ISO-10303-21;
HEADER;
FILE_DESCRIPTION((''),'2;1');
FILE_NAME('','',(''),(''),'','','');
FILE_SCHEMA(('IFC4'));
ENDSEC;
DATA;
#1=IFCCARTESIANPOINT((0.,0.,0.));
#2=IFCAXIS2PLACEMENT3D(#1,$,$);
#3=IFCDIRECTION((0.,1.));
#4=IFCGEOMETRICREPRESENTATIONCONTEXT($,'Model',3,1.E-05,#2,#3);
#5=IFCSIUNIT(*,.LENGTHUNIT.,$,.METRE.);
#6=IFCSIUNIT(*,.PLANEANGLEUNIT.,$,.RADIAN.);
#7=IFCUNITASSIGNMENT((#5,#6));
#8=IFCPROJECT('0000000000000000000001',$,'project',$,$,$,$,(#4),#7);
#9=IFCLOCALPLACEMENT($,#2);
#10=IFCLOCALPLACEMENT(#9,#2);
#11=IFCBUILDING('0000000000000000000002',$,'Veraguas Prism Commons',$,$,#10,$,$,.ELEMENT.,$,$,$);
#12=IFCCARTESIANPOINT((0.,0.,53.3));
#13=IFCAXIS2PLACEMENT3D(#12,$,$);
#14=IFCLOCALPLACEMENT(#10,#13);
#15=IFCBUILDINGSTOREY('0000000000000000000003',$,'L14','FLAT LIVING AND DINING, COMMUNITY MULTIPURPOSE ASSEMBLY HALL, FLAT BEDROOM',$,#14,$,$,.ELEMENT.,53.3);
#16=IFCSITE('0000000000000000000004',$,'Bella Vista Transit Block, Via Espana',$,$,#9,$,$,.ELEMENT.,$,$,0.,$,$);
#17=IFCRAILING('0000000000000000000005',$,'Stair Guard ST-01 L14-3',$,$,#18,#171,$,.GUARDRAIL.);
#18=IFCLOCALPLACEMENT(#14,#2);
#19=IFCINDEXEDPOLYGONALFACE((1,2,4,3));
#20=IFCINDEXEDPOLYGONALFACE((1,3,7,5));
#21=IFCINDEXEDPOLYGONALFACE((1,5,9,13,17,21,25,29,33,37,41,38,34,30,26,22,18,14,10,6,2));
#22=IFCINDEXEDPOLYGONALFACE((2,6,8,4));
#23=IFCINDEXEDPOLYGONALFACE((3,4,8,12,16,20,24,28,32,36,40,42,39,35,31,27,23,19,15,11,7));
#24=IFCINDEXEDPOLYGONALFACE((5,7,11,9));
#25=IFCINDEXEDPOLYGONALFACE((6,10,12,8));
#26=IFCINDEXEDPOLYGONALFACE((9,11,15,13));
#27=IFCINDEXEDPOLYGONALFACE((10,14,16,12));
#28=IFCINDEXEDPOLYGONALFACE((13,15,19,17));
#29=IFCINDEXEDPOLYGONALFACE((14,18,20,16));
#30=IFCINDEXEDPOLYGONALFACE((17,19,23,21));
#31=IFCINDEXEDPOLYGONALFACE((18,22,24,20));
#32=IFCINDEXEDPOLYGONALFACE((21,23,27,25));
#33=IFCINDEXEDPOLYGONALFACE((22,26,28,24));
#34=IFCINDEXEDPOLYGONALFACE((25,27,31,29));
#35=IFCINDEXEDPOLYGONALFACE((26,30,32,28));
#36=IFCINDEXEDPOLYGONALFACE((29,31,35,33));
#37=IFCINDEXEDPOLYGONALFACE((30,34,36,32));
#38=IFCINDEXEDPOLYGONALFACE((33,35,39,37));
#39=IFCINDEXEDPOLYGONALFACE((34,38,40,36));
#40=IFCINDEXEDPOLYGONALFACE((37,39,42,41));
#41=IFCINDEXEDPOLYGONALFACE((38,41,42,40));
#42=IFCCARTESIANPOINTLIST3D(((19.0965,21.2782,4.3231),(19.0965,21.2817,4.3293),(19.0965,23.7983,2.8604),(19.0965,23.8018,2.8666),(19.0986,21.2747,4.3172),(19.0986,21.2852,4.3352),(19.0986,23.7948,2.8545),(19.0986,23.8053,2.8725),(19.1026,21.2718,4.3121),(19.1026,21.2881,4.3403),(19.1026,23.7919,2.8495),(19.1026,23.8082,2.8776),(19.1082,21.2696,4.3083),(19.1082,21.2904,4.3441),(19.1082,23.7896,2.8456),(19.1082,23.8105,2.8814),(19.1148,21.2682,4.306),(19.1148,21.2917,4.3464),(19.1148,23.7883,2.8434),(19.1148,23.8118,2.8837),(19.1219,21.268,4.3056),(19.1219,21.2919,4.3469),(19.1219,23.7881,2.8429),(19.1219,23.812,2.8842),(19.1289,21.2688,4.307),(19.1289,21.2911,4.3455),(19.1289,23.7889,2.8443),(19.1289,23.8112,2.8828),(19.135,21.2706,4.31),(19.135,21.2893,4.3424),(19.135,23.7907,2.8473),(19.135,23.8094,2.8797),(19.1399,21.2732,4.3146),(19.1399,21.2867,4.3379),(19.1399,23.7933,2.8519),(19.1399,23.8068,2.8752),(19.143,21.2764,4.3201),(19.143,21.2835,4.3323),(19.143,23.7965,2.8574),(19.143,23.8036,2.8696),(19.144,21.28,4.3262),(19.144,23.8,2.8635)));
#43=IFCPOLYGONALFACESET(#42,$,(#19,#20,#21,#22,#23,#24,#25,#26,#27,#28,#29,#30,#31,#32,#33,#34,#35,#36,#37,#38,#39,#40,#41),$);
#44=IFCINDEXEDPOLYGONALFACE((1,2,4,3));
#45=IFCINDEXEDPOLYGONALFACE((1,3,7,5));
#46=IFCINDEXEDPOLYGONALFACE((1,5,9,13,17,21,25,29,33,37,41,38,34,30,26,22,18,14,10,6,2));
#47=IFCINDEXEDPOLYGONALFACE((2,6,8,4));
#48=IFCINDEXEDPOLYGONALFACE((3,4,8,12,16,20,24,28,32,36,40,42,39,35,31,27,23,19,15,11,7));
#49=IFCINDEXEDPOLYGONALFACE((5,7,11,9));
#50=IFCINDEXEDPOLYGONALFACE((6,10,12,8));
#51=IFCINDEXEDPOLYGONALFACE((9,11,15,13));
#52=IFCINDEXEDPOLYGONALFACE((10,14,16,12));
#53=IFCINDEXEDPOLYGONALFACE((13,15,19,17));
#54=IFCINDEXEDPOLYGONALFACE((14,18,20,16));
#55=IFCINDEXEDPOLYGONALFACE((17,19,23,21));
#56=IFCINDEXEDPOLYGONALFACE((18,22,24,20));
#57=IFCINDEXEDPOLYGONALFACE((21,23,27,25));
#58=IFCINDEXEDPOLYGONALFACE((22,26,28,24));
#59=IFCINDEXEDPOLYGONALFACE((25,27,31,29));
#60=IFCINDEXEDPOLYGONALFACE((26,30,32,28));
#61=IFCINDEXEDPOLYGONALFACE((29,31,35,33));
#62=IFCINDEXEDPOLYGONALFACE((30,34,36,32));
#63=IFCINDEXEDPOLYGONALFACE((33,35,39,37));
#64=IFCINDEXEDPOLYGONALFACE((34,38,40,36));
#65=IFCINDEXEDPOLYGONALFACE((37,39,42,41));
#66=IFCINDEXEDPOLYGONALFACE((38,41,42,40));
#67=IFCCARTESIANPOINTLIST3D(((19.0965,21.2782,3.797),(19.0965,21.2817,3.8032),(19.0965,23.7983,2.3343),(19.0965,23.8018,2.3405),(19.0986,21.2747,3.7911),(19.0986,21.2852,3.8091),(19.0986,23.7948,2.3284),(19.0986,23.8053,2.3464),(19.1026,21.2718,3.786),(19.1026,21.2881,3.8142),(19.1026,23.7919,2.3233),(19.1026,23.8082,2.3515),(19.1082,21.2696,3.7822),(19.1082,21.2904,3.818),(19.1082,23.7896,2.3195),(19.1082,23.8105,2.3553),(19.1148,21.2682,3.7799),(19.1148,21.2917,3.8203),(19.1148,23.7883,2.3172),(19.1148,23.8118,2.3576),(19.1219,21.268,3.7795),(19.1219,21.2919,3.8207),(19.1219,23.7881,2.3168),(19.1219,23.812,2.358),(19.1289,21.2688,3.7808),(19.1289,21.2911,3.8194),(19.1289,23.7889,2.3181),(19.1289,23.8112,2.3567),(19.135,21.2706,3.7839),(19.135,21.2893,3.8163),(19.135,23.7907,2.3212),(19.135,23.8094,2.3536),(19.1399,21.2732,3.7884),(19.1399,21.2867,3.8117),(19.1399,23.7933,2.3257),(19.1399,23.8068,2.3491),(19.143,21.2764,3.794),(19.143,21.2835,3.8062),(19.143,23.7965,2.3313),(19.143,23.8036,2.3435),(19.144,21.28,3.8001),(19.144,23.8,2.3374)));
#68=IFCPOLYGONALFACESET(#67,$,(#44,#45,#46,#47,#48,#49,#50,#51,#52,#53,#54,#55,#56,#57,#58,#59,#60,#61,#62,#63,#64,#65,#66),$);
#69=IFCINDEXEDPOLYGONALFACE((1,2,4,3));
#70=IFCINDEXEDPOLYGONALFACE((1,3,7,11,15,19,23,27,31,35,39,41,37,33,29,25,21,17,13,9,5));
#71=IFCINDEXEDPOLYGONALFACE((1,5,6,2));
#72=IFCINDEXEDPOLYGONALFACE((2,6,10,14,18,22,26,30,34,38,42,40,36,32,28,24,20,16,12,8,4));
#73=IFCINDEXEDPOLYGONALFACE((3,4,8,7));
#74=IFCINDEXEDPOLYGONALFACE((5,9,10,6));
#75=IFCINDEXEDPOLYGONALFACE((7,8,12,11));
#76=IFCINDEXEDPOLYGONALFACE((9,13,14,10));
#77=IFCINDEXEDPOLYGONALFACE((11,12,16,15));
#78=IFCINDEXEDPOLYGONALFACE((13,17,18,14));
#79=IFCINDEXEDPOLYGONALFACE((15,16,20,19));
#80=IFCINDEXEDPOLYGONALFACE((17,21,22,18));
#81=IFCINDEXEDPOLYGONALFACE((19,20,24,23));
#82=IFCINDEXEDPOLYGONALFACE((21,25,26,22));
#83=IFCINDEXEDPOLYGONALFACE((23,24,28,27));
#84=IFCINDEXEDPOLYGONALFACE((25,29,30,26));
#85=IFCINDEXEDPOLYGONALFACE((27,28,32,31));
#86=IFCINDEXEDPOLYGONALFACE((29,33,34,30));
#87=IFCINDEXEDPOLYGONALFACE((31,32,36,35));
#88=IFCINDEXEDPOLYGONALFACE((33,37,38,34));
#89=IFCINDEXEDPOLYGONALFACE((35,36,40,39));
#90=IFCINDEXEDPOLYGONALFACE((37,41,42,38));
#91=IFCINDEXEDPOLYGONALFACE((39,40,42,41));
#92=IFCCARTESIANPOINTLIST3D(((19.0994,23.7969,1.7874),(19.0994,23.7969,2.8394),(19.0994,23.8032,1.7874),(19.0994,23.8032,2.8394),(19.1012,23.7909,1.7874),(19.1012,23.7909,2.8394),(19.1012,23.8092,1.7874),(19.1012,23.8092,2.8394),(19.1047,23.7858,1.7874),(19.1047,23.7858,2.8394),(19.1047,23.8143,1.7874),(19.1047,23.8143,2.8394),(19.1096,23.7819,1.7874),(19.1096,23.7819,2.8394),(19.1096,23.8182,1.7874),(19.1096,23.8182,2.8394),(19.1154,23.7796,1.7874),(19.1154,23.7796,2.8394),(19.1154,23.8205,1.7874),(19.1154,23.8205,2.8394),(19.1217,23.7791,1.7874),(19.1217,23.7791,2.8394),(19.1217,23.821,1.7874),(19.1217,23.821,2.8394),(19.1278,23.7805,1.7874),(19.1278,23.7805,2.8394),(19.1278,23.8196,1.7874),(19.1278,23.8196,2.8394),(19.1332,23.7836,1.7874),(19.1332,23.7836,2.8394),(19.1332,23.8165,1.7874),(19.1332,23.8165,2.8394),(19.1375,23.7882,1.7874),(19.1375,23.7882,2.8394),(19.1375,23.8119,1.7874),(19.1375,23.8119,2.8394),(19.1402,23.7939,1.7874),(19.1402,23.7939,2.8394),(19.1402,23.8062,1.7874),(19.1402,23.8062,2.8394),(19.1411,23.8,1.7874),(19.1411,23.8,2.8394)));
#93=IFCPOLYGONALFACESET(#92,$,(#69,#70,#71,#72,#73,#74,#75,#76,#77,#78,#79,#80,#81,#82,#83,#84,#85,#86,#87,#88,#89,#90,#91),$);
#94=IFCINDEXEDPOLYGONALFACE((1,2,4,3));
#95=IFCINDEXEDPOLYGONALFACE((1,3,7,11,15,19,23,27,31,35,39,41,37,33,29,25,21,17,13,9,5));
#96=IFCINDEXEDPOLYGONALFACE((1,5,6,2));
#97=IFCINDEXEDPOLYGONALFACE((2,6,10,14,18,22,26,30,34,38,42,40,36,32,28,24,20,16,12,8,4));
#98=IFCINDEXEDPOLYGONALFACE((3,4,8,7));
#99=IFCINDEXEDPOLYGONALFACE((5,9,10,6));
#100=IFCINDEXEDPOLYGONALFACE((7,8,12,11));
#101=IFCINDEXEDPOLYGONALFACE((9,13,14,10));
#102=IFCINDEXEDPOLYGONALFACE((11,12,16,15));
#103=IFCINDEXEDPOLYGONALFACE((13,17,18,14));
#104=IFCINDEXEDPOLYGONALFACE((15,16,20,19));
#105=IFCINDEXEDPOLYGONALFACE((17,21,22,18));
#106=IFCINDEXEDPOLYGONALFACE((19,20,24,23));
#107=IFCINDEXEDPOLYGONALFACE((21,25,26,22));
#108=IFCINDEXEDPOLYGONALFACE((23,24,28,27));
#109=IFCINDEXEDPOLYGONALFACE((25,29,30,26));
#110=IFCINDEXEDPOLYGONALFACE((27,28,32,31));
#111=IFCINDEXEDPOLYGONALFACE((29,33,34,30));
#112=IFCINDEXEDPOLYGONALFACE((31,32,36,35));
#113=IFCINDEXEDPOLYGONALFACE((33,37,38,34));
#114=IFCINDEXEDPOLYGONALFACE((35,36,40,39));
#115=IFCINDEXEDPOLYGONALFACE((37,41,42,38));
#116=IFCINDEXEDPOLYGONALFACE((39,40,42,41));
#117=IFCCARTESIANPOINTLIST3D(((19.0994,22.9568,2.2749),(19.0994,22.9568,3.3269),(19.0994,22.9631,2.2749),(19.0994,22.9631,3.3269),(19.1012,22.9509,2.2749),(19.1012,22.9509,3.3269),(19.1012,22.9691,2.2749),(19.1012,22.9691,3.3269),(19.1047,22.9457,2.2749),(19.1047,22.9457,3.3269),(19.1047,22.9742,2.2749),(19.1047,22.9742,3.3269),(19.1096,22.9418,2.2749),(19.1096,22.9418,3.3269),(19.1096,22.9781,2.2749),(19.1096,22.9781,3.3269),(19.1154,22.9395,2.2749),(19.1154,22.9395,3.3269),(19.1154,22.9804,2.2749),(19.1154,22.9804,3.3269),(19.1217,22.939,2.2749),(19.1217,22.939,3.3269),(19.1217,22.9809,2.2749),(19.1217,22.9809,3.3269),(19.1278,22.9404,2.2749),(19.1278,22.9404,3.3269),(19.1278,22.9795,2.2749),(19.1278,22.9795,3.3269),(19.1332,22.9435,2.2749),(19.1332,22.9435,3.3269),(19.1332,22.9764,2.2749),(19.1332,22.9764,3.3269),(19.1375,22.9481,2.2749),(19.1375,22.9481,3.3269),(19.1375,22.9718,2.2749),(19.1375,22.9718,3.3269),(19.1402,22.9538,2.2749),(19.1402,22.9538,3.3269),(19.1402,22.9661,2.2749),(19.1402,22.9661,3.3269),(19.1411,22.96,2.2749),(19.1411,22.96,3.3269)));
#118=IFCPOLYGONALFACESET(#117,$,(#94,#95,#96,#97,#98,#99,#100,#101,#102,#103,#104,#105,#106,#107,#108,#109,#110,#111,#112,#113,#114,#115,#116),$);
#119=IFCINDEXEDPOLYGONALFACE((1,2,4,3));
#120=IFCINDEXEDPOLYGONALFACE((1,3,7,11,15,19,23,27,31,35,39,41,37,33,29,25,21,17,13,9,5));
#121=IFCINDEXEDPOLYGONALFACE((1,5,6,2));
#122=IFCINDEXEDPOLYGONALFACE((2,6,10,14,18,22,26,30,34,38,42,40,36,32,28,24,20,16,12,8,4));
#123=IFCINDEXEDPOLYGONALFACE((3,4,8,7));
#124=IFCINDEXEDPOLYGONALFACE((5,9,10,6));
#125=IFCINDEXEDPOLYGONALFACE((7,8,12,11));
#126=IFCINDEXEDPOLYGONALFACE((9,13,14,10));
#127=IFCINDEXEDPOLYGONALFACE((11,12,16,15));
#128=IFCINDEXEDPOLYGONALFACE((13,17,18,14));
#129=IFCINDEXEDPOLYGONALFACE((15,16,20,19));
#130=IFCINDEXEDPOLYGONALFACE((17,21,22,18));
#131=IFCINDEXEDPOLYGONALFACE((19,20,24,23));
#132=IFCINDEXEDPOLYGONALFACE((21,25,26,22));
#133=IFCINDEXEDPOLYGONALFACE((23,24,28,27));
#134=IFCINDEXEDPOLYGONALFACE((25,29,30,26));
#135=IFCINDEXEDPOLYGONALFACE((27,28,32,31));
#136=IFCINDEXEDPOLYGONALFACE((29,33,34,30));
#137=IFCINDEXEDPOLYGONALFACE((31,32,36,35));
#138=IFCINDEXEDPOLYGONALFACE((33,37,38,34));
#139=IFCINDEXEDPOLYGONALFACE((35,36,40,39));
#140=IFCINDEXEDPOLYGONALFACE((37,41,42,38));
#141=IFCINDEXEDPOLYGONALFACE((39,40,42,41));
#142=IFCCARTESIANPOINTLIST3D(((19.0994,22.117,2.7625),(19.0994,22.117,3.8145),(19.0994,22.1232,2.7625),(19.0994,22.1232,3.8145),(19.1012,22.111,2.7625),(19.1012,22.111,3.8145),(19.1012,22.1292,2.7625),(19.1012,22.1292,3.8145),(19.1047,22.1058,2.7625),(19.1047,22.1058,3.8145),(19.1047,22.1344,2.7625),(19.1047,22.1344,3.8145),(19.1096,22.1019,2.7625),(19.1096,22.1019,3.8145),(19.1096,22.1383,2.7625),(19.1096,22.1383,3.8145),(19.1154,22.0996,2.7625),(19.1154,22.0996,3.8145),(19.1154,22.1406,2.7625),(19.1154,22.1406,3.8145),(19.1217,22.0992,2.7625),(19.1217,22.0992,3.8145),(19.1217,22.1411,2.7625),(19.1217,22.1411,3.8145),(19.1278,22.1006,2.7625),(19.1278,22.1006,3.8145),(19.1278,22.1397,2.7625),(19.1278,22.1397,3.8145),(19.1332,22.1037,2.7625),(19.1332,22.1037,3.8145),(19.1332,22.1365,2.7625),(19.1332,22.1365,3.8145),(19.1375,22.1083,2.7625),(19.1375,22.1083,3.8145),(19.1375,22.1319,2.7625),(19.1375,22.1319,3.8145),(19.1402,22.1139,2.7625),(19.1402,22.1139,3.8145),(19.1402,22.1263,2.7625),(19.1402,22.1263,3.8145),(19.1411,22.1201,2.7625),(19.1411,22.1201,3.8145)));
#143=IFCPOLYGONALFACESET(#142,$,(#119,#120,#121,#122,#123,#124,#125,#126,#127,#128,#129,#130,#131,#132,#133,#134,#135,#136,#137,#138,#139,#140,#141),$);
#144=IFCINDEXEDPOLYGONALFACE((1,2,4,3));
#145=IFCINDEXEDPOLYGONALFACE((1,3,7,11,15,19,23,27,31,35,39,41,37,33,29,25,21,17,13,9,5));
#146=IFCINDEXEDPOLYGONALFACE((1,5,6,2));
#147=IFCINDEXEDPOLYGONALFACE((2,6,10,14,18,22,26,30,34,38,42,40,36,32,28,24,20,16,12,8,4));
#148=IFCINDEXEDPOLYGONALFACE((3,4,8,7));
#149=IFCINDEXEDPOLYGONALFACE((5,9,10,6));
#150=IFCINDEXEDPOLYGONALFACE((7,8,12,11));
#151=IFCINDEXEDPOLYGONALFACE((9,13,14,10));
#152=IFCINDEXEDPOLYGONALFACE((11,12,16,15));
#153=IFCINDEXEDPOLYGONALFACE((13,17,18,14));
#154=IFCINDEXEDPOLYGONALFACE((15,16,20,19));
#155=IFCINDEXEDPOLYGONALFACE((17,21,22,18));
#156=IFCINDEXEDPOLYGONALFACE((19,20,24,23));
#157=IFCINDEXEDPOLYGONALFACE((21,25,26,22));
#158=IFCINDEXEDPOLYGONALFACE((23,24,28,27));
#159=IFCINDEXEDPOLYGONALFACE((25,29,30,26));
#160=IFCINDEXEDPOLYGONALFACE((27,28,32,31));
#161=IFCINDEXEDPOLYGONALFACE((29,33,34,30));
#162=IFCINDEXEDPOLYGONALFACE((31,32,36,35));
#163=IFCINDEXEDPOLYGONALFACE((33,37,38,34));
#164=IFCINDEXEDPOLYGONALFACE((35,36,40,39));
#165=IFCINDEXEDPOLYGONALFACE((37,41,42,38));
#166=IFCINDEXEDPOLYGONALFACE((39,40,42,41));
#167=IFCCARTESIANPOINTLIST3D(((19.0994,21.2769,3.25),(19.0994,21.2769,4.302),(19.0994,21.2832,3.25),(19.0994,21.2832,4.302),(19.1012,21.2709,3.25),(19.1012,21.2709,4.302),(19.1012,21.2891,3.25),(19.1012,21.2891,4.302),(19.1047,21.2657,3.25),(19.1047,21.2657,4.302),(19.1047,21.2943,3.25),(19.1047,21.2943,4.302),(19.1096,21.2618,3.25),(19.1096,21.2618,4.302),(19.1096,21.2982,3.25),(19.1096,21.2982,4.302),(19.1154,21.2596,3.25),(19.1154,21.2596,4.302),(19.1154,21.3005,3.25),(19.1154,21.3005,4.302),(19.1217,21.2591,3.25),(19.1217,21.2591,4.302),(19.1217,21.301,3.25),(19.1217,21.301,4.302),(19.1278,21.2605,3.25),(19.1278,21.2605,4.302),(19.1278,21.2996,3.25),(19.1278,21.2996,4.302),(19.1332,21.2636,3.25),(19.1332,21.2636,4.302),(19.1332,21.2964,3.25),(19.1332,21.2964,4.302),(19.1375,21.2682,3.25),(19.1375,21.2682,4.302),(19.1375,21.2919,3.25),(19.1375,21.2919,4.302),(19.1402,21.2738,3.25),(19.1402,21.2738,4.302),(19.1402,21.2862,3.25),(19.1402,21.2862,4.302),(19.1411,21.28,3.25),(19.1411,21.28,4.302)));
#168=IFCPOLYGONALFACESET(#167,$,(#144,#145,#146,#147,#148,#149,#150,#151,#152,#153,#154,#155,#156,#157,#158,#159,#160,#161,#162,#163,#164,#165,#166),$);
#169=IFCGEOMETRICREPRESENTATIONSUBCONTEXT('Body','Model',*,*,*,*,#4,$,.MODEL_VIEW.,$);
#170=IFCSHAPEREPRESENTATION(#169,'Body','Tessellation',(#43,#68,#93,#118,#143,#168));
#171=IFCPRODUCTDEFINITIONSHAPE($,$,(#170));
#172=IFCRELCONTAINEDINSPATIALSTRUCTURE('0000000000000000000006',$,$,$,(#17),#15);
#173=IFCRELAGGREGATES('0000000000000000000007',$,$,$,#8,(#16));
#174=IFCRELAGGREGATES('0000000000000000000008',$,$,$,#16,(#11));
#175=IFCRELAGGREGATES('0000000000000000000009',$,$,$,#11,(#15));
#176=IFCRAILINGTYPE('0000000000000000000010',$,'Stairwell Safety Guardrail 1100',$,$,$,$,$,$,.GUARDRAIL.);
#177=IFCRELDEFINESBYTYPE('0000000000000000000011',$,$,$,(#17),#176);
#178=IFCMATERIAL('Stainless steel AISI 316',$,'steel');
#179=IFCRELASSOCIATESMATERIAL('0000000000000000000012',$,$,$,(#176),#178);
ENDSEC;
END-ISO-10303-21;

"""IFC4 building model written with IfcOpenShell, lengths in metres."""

from ifc_helpers import new_model, si_unit, direction, frame, origin, origin_2d, place, context, subcontext, project, spatial, circle, extrude, material, type_object, element, save


model = new_model("IFC4")

# Units and contexts
model_context = context("Model", 3, precision=1e-05, world=origin(), true_north=direction((0.0, 1.0)))
body_context = subcontext(model_context, "Body", "Model", "MODEL_VIEW")
ifc_project = project(units=[si_unit("LENGTHUNIT", "METRE"), si_unit("PLANEANGLEUNIT", "RADIAN")], contexts=[model_context])

# Site, building, storey
site_placement = place(None, origin())
site = spatial("IfcSite", under=ifc_project, at=site_placement, Name="Bella Vista Transit Block, Via Espana", CompositionType="ELEMENT", RefElevation=0.0)
building_placement = place(site_placement, origin())
building = spatial("IfcBuilding", under=site, at=building_placement, Name="Veraguas Prism Commons", CompositionType="ELEMENT")
storey_placement = place(building_placement, frame((0.0, 0.0, 53.3)))
storey = spatial("IfcBuildingStorey", under=building, at=storey_placement, Name="L14", Description="FLAT LIVING AND DINING, COMMUNITY MULTIPURPOSE ASSEMBLY HALL, FLAT BEDROOM", CompositionType="ELEMENT", Elevation=53.3)

# Railing
ifc_material_1 = material(Name="Stainless steel AISI 316", Category="steel")
railing_type_1 = type_object("IfcRailingType", Name="Stairwell Safety Guardrail 1100", PredefinedType="GUARDRAIL", material=ifc_material_1)
railing_1_placement = place(storey_placement, frame((19.1201, 23.8, 1.7874)))
element("IfcRailing", 1, at=railing_1_placement, inside=storey, type_object=railing_type_1, Name="Stair Guard ST-01 L14-3", PredefinedType="GUARDRAIL", context=body_context, shape_type="SweptSolid", body=[
    extrude(circle(Radius=0.0239, at=origin_2d()), frame((0.0, 0.0, 1.0762), z_axis=(0.0, -0.864877, 0.501984), x_axis=(1.0, 0.0, 0.0)), (0.0, 0.0, 1.0), 2.9138),
    extrude(circle(Radius=0.0239, at=origin_2d()), frame((0.0, 0.0, 0.55), z_axis=(0.0, -0.864877, 0.501984), x_axis=(1.0, 0.0, 0.0)), (0.0, 0.0, 1.0), 2.9138),
    extrude(circle(Radius=0.021, at=origin_2d()), origin(), (0.0, 0.0, 1.0), 1.052),
    extrude(circle(Radius=0.021, at=origin_2d()), frame((0.0, -0.8401, 0.4875)), (0.0, 0.0, 1.0), 1.052),
    extrude(circle(Radius=0.021, at=origin_2d()), frame((0.0, -1.6799, 0.9751)), (0.0, 0.0, 1.0), 1.052),
    extrude(circle(Radius=0.021, at=origin_2d()), frame((0.0, -2.52, 1.4626)), (0.0, 0.0, 1.0), 1.052),
])

save(model, "model.ifc")
